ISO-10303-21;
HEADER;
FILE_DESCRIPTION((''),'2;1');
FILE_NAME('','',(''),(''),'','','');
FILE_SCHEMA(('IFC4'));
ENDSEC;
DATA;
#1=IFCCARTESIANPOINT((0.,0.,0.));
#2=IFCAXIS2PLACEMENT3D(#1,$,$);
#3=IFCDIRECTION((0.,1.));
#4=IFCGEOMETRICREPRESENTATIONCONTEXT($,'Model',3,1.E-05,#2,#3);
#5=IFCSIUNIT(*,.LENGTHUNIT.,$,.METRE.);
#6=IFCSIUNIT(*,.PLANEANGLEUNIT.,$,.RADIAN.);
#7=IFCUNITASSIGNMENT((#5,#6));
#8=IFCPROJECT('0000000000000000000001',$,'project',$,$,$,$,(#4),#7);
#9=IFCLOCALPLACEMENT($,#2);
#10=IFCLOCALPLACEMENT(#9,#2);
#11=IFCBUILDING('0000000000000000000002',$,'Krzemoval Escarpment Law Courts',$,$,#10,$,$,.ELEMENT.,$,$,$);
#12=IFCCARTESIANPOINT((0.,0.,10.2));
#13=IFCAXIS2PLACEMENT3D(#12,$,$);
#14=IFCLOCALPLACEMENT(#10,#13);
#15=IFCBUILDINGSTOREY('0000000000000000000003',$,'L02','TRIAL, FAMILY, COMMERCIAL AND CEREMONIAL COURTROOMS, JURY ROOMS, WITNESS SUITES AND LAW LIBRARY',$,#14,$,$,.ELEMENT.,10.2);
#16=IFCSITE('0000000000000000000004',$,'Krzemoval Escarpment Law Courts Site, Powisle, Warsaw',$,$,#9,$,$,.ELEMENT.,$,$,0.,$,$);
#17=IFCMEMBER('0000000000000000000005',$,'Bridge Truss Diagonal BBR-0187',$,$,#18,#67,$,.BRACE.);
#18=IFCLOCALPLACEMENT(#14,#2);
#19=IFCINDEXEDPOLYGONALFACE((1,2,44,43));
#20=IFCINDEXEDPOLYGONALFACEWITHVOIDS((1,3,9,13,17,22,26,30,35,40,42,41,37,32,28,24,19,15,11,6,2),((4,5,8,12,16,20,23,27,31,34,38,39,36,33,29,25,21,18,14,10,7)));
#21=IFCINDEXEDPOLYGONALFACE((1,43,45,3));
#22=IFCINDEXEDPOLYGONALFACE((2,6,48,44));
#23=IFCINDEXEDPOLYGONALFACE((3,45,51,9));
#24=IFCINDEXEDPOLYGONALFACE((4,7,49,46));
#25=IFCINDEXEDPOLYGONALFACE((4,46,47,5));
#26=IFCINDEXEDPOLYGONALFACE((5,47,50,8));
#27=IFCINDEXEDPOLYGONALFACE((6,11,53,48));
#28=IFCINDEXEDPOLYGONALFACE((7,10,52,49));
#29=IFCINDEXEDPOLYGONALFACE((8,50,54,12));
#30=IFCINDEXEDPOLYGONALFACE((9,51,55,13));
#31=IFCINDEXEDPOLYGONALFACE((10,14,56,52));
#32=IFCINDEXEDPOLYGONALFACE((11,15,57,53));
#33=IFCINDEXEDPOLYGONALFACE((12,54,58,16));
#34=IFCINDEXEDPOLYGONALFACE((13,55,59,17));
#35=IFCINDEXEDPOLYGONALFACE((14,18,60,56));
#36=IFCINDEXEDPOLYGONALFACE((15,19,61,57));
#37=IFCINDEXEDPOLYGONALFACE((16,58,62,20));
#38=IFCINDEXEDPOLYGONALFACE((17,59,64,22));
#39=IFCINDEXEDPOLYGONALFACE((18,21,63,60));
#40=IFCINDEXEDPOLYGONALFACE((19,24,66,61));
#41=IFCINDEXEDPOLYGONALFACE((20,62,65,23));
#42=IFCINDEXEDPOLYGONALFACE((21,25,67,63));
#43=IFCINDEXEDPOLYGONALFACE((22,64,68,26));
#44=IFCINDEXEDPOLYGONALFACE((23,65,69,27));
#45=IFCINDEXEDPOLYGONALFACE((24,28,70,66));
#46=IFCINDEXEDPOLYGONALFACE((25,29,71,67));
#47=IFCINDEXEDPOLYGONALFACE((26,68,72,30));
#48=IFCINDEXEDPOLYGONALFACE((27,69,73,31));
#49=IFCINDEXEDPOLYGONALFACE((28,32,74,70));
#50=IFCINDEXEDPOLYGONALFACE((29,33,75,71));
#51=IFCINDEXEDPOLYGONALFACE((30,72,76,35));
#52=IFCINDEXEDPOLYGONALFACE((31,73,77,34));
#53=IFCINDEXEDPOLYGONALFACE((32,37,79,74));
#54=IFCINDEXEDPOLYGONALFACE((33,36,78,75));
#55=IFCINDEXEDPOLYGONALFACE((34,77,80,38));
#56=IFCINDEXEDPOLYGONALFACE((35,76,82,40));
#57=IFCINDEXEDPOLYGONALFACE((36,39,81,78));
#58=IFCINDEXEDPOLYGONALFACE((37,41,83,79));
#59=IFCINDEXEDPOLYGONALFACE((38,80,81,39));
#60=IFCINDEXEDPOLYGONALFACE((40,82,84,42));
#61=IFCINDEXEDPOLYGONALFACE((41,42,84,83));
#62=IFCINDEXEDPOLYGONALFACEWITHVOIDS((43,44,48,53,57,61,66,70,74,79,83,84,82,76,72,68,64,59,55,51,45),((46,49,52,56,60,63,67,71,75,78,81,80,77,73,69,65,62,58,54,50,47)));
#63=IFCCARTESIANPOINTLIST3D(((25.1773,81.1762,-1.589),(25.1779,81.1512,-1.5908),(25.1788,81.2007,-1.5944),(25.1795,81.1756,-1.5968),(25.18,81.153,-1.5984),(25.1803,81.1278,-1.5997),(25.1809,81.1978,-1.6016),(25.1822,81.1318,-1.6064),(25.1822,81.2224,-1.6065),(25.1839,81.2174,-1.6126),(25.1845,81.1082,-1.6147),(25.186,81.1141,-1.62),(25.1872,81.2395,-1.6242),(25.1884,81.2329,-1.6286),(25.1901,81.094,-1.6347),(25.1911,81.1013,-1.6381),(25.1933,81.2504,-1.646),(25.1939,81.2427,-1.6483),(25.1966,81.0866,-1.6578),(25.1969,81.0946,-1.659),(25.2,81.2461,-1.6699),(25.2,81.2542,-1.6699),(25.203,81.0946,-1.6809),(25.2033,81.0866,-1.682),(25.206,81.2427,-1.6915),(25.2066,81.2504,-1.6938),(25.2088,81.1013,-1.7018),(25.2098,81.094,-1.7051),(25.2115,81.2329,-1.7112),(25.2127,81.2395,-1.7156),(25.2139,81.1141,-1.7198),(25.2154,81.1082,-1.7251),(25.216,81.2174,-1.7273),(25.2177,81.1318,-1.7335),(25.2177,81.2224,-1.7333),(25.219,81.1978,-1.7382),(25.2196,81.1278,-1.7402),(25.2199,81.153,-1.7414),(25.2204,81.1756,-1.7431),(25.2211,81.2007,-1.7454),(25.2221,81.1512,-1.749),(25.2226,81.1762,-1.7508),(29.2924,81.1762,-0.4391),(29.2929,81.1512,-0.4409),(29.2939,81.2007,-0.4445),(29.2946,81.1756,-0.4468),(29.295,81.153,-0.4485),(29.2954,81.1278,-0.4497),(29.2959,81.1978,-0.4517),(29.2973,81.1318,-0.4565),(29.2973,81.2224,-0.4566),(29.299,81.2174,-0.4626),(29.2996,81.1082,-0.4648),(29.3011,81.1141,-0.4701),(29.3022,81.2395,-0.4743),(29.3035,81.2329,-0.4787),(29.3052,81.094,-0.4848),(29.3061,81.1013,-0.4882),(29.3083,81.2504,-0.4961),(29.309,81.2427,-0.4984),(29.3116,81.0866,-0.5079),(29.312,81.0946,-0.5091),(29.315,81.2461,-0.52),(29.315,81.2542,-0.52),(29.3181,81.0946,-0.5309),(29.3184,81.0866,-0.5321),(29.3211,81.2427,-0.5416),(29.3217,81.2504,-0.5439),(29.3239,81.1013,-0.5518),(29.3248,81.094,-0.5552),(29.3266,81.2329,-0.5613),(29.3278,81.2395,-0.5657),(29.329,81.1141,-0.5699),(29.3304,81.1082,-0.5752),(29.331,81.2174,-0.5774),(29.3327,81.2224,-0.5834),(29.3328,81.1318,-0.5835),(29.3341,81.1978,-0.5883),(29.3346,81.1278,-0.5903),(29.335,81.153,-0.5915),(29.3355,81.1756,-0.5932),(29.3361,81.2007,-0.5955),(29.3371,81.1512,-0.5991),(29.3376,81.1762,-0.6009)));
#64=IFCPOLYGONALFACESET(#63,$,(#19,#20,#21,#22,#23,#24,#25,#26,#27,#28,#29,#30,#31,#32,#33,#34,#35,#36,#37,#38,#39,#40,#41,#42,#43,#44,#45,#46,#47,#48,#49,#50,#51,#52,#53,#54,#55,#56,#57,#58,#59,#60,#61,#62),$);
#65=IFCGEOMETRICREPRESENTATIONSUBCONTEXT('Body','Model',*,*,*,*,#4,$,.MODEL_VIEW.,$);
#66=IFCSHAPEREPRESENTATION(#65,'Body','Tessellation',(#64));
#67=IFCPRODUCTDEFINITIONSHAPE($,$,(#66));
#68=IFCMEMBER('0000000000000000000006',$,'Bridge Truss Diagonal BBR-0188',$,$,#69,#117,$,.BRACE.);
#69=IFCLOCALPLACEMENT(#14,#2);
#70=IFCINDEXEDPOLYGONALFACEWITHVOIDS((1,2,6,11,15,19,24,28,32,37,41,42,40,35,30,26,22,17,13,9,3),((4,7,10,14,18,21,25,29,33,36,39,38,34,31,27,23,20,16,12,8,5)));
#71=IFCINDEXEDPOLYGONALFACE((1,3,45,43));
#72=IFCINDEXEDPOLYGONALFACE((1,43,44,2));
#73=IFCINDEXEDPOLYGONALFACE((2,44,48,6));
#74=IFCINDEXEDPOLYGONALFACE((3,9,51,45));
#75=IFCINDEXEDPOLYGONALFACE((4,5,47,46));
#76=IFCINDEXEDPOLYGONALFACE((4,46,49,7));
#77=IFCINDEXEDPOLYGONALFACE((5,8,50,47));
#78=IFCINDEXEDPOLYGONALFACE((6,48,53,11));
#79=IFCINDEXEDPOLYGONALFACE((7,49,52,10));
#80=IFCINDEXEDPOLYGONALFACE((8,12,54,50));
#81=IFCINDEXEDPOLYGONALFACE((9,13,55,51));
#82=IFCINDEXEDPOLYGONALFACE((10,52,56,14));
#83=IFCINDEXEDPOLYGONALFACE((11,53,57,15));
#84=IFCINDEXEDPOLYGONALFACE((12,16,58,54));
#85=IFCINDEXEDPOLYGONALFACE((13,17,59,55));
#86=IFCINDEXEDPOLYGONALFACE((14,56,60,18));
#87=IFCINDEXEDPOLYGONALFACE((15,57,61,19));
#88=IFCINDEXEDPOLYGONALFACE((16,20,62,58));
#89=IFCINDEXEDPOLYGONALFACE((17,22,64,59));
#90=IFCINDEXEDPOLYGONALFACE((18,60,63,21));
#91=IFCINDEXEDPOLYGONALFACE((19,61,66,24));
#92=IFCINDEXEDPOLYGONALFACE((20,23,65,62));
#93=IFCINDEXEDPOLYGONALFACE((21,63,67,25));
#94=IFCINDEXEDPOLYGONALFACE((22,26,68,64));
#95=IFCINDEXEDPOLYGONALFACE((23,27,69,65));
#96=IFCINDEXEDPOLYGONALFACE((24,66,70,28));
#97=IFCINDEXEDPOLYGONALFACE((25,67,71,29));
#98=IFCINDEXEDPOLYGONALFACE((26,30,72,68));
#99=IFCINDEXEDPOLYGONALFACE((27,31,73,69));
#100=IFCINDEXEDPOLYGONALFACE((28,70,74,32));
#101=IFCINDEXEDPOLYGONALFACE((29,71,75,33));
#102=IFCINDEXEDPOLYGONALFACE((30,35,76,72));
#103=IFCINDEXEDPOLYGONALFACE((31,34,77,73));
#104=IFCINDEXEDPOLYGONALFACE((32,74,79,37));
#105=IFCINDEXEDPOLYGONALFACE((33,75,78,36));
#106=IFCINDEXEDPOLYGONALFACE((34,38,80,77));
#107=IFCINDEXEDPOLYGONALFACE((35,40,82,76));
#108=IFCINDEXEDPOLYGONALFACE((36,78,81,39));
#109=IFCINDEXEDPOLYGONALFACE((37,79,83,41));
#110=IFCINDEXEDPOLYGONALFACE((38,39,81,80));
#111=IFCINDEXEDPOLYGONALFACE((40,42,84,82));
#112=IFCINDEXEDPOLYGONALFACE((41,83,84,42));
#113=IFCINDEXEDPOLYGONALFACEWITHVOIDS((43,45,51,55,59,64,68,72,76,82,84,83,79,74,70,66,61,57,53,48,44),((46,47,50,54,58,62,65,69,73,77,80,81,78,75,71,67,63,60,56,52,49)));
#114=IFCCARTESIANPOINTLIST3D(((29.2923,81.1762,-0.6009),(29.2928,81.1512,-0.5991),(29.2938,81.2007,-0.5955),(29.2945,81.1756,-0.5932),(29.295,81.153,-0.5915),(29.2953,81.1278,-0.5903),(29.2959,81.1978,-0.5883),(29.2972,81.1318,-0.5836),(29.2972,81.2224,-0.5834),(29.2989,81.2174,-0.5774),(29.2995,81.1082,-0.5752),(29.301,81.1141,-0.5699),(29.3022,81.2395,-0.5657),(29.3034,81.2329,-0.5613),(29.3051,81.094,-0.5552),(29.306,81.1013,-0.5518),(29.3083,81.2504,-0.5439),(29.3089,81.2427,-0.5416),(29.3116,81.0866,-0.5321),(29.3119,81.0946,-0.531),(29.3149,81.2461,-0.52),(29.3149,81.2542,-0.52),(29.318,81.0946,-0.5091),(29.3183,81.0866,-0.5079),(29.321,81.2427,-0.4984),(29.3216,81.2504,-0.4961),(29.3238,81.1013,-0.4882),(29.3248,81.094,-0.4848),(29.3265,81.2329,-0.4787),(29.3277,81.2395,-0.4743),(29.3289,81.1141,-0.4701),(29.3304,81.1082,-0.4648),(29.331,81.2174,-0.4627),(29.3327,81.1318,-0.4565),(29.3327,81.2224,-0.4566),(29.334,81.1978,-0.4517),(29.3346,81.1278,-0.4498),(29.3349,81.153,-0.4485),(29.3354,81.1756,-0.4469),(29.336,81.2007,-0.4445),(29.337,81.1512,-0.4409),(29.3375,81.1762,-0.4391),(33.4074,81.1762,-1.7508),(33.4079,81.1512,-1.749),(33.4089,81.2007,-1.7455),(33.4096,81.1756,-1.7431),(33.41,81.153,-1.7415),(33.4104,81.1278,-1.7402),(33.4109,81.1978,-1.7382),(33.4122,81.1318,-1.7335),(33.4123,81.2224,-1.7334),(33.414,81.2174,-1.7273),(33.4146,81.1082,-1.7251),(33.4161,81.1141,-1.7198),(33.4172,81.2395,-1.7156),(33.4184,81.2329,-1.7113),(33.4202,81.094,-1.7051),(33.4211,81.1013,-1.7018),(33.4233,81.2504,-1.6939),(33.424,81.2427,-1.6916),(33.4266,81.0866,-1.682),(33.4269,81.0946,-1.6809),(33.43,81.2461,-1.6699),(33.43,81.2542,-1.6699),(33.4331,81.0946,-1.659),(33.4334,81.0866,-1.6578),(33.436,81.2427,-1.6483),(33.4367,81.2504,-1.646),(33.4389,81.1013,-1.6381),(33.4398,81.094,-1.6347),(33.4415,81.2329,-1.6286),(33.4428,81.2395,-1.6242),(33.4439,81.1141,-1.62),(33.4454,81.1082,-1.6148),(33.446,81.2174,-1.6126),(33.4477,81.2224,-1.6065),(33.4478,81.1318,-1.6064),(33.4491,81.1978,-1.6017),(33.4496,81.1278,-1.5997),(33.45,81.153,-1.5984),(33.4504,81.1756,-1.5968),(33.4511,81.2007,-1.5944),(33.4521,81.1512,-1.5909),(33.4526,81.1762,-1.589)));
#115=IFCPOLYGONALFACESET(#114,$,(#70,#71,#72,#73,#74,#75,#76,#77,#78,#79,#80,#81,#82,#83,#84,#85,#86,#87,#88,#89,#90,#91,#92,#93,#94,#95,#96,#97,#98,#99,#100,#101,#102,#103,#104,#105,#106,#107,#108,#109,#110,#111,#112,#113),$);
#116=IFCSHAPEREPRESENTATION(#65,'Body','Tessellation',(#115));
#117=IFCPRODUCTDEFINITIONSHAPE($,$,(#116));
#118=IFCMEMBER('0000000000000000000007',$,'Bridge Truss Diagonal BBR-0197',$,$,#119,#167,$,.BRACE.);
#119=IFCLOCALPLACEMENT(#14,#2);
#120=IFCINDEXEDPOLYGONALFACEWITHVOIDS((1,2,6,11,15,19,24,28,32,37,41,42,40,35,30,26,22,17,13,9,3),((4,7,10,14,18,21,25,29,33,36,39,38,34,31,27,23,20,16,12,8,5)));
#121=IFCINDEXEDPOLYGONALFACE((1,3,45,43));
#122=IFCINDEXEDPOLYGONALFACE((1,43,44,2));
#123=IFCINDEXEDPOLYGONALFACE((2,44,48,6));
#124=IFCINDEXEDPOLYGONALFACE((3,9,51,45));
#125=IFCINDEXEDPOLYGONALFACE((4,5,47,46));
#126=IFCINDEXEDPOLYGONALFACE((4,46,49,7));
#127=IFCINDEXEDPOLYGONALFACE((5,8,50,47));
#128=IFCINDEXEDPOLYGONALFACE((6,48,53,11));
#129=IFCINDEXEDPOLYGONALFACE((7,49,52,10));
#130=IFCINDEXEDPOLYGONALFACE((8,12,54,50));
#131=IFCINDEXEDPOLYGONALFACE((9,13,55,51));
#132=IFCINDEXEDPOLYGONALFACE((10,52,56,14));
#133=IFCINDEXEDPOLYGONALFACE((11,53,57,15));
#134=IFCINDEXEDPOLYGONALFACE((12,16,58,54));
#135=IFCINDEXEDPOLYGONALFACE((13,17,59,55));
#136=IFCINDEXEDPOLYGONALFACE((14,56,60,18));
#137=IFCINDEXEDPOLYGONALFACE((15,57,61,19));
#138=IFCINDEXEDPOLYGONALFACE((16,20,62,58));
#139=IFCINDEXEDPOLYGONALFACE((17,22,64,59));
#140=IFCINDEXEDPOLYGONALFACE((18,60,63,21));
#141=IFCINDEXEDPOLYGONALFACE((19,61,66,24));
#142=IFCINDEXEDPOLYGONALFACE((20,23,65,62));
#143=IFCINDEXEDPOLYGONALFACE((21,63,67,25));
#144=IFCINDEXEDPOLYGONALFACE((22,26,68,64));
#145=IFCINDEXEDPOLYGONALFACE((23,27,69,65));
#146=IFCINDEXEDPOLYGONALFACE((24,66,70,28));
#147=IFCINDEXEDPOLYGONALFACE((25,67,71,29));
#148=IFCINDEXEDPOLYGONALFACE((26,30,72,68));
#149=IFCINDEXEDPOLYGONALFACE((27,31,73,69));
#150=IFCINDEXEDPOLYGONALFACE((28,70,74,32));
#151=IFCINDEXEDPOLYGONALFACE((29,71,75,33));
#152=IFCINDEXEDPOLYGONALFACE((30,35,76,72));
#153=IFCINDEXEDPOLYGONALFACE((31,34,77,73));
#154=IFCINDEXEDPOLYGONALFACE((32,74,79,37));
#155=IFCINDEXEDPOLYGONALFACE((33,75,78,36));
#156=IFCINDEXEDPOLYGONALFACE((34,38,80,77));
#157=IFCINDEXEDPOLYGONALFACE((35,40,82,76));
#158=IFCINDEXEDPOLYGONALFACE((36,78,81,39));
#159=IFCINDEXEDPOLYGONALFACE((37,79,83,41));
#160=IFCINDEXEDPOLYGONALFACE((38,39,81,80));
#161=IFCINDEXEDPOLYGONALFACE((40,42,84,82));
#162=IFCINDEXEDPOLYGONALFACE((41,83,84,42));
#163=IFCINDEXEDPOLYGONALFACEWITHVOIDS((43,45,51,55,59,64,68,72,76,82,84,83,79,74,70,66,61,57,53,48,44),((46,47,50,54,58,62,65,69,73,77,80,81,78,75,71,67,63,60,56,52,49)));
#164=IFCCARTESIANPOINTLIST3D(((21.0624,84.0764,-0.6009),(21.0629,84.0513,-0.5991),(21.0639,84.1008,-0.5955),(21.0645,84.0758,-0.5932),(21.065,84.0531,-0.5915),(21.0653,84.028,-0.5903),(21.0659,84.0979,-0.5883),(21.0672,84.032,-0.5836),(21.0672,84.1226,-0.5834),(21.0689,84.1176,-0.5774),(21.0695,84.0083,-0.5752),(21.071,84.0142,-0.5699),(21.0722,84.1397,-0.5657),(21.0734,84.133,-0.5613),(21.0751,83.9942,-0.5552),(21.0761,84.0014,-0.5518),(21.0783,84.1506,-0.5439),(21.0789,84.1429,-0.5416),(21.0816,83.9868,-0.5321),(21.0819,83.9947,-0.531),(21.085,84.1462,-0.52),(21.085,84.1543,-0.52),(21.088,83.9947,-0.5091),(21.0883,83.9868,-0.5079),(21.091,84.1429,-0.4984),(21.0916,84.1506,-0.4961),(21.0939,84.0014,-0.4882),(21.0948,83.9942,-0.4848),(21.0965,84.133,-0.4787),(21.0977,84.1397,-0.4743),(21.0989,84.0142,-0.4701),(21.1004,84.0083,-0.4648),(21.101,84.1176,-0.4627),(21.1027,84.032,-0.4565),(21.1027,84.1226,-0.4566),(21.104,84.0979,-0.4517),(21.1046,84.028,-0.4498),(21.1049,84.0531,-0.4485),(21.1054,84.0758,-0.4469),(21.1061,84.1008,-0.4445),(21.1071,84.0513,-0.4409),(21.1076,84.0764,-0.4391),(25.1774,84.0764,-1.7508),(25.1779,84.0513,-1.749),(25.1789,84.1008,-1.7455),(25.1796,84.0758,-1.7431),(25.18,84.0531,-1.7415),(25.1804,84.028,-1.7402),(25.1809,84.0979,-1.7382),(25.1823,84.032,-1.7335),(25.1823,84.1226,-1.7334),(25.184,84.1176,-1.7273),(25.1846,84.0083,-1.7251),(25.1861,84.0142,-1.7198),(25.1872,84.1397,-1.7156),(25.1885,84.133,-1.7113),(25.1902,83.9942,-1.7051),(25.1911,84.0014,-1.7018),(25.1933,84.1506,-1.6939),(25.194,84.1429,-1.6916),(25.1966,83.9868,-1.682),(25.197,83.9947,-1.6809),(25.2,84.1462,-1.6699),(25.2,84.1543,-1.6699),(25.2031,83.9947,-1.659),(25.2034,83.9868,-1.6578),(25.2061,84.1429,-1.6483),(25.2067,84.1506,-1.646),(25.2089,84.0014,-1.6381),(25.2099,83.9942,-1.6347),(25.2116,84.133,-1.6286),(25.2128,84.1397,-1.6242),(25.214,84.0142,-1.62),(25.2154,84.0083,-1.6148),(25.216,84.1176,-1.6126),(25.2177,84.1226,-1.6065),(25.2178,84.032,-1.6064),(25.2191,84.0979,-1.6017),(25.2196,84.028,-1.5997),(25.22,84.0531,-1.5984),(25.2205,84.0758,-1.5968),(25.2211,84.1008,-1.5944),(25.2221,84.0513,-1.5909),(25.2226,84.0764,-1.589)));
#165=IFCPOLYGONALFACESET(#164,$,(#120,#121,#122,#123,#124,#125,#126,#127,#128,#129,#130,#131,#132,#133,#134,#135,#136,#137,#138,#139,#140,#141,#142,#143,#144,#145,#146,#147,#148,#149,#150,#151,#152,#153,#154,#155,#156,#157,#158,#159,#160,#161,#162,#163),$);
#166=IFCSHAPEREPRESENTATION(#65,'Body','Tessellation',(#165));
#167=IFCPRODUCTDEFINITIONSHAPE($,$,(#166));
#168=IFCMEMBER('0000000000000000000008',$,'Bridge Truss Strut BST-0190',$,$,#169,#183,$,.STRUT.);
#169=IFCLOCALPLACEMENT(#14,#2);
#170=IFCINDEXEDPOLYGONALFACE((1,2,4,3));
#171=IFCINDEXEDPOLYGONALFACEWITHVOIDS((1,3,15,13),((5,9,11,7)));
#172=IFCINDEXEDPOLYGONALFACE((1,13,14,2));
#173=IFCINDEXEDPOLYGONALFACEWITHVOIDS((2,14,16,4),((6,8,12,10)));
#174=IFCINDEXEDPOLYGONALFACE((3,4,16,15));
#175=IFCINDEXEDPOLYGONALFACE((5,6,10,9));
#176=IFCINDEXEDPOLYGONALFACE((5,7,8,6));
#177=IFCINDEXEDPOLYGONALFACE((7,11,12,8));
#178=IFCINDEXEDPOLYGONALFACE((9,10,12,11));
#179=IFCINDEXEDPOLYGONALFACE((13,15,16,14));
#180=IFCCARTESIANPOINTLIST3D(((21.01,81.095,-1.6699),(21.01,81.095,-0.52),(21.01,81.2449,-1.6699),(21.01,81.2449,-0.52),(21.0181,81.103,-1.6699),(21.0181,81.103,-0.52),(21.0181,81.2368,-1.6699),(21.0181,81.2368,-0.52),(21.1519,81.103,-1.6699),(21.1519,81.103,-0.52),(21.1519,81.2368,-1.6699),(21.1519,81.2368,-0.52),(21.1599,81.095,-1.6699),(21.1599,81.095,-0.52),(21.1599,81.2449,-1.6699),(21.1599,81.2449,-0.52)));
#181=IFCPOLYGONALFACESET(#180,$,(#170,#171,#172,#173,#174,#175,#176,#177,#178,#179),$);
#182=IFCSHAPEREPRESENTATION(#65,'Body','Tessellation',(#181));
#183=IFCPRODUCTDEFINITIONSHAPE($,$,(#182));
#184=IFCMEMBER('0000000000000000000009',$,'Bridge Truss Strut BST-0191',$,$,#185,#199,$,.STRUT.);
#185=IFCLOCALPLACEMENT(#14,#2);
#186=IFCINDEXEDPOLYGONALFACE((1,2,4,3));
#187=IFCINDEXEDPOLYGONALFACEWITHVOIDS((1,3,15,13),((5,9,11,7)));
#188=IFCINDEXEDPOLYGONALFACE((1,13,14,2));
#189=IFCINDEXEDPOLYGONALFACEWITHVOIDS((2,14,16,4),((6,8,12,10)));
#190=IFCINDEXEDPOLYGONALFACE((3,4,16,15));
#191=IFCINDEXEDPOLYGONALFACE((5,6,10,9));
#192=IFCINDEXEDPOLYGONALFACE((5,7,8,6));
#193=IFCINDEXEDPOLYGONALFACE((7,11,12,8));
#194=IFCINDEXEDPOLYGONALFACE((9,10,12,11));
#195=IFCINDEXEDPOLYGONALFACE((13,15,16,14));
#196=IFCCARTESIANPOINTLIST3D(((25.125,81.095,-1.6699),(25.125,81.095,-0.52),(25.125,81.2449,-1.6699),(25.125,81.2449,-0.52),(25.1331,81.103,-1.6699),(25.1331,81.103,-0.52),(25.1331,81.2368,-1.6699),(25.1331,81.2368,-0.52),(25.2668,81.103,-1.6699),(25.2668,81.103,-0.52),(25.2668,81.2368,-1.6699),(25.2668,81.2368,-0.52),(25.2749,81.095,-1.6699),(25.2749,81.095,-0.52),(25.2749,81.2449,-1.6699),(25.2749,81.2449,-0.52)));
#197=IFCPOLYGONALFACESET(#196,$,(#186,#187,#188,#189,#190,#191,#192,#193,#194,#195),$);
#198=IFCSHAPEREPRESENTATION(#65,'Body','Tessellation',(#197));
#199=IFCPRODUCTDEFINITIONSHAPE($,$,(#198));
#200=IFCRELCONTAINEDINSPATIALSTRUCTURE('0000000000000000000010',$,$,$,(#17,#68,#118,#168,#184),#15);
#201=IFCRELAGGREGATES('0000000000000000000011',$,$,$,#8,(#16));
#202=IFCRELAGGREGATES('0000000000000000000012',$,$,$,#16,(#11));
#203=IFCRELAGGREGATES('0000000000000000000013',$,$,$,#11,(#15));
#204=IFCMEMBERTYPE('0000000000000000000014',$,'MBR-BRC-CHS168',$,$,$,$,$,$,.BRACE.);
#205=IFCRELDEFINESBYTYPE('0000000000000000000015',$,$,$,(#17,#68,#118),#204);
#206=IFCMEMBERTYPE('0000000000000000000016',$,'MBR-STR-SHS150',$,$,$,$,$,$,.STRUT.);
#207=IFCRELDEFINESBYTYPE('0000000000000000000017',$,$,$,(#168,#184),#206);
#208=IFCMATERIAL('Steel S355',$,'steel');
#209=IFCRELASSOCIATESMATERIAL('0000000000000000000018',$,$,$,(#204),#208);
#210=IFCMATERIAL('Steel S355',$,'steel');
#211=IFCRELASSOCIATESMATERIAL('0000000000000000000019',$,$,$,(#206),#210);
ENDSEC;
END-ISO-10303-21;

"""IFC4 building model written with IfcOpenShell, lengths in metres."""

from ifc_helpers import new_model, si_unit, direction, frame, origin, origin_2d, place, context, subcontext, project, spatial, hollow_rectangle, hollow_circle, extrude, material, material_profile, profile_set, type_object, element, save


model = new_model("IFC4")

# Units and contexts
model_context = context("Model", 3, precision=1e-05, world=origin(), true_north=direction((0.0, 1.0)))
body_context = subcontext(model_context, "Body", "Model", "MODEL_VIEW")
ifc_project = project(units=[si_unit("LENGTHUNIT", "METRE"), si_unit("PLANEANGLEUNIT", "RADIAN")], contexts=[model_context])

# Site, building, storey
site_placement = place(None, origin())
site = spatial("IfcSite", under=ifc_project, at=site_placement, Name="Krzemoval Escarpment Law Courts Site, Powisle, Warsaw", CompositionType="ELEMENT", RefElevation=0.0)
building_placement = place(site_placement, origin())
building = spatial("IfcBuilding", under=site, at=building_placement, Name="Krzemoval Escarpment Law Courts", CompositionType="ELEMENT")
storey_placement = place(building_placement, frame((0.0, 0.0, 10.2)))
storey = spatial("IfcBuildingStorey", under=building, at=storey_placement, Name="L02", Description="TRIAL, FAMILY, COMMERCIAL AND CEREMONIAL COURTROOMS, JURY ROOMS, WITNESS SUITES AND LAW LIBRARY", CompositionType="ELEMENT", Elevation=10.2)

# Members
ifc_material_1 = material(Name="Steel S355", Category="steel")
ifc_material_profile_1 = material_profile(ifc_material_1, hollow_circle(Radius=0.0842, WallThickness=0.0081, at=origin_2d()), Name="CHS 168.3x8")
ifc_profile_set_1 = profile_set([ifc_material_profile_1], Name="Steel S355")
member_type_1 = type_object("IfcMemberType", Name="MBR-BRC-CHS168", PredefinedType="BRACE", material=ifc_profile_set_1)
for number, where, z_axis, x_axis, name in (
    (1, (25.2, 81.1699, -1.6699), (0.963103, 0.0, 0.269132), (0.0, 1.0, 0.0), "Bridge Truss Diagonal BBR-0187"),
    (2, (29.3149, 81.1699, -0.52), (0.963103, 0.0, -0.269132), (0.0, 1.0, 0.0), "Bridge Truss Diagonal BBR-0188"),
    (3, (21.085, 84.0701, -0.52), (0.963103, 0.0, -0.269132), (0.0, 1.0, 0.0), "Bridge Truss Diagonal BBR-0197"),
):
    element("IfcMember", number, at=place(storey_placement, frame(where, z_axis=z_axis, x_axis=x_axis)), inside=storey, type_object=member_type_1, Name=name, PredefinedType="BRACE", context=body_context, shape_type="SweptSolid", body=[
        extrude(hollow_circle(Radius=0.0842, WallThickness=0.0081, at=origin_2d()), origin(), (0.0, 0.0, 1.0), 4.2727),
    ])
ifc_material_2 = material(Name="Steel S355", Category="steel")
ifc_material_profile_2 = material_profile(ifc_material_2, hollow_rectangle(XDim=0.1499, YDim=0.1499, WallThickness=0.0081, at=origin_2d()), Name="SHS 150x150x8")
ifc_profile_set_2 = profile_set([ifc_material_profile_2], Name="Steel S355")
member_type_2 = type_object("IfcMemberType", Name="MBR-STR-SHS150", PredefinedType="STRUT", material=ifc_profile_set_2)
for number, where, z_axis, x_axis, name in (
    (4, (21.085, 81.1699, -1.6699), (0.0, 0.0, 1.0), (1.0, 0.0, 0.0), "Bridge Truss Strut BST-0190"),
    (5, (25.2, 81.1699, -1.6699), (0.0, 0.0, 1.0), (1.0, 0.0, 0.0), "Bridge Truss Strut BST-0191"),
):
    element("IfcMember", number, at=place(storey_placement, frame(where, z_axis=z_axis, x_axis=x_axis)), inside=storey, type_object=member_type_2, Name=name, PredefinedType="STRUT", context=body_context, shape_type="SweptSolid", body=[
        extrude(hollow_rectangle(XDim=0.1499, YDim=0.1499, WallThickness=0.0081, at=origin_2d()), origin(), (0.0, 0.0, 1.0), 1.1499),
    ])

save(model, "model.ifc")
